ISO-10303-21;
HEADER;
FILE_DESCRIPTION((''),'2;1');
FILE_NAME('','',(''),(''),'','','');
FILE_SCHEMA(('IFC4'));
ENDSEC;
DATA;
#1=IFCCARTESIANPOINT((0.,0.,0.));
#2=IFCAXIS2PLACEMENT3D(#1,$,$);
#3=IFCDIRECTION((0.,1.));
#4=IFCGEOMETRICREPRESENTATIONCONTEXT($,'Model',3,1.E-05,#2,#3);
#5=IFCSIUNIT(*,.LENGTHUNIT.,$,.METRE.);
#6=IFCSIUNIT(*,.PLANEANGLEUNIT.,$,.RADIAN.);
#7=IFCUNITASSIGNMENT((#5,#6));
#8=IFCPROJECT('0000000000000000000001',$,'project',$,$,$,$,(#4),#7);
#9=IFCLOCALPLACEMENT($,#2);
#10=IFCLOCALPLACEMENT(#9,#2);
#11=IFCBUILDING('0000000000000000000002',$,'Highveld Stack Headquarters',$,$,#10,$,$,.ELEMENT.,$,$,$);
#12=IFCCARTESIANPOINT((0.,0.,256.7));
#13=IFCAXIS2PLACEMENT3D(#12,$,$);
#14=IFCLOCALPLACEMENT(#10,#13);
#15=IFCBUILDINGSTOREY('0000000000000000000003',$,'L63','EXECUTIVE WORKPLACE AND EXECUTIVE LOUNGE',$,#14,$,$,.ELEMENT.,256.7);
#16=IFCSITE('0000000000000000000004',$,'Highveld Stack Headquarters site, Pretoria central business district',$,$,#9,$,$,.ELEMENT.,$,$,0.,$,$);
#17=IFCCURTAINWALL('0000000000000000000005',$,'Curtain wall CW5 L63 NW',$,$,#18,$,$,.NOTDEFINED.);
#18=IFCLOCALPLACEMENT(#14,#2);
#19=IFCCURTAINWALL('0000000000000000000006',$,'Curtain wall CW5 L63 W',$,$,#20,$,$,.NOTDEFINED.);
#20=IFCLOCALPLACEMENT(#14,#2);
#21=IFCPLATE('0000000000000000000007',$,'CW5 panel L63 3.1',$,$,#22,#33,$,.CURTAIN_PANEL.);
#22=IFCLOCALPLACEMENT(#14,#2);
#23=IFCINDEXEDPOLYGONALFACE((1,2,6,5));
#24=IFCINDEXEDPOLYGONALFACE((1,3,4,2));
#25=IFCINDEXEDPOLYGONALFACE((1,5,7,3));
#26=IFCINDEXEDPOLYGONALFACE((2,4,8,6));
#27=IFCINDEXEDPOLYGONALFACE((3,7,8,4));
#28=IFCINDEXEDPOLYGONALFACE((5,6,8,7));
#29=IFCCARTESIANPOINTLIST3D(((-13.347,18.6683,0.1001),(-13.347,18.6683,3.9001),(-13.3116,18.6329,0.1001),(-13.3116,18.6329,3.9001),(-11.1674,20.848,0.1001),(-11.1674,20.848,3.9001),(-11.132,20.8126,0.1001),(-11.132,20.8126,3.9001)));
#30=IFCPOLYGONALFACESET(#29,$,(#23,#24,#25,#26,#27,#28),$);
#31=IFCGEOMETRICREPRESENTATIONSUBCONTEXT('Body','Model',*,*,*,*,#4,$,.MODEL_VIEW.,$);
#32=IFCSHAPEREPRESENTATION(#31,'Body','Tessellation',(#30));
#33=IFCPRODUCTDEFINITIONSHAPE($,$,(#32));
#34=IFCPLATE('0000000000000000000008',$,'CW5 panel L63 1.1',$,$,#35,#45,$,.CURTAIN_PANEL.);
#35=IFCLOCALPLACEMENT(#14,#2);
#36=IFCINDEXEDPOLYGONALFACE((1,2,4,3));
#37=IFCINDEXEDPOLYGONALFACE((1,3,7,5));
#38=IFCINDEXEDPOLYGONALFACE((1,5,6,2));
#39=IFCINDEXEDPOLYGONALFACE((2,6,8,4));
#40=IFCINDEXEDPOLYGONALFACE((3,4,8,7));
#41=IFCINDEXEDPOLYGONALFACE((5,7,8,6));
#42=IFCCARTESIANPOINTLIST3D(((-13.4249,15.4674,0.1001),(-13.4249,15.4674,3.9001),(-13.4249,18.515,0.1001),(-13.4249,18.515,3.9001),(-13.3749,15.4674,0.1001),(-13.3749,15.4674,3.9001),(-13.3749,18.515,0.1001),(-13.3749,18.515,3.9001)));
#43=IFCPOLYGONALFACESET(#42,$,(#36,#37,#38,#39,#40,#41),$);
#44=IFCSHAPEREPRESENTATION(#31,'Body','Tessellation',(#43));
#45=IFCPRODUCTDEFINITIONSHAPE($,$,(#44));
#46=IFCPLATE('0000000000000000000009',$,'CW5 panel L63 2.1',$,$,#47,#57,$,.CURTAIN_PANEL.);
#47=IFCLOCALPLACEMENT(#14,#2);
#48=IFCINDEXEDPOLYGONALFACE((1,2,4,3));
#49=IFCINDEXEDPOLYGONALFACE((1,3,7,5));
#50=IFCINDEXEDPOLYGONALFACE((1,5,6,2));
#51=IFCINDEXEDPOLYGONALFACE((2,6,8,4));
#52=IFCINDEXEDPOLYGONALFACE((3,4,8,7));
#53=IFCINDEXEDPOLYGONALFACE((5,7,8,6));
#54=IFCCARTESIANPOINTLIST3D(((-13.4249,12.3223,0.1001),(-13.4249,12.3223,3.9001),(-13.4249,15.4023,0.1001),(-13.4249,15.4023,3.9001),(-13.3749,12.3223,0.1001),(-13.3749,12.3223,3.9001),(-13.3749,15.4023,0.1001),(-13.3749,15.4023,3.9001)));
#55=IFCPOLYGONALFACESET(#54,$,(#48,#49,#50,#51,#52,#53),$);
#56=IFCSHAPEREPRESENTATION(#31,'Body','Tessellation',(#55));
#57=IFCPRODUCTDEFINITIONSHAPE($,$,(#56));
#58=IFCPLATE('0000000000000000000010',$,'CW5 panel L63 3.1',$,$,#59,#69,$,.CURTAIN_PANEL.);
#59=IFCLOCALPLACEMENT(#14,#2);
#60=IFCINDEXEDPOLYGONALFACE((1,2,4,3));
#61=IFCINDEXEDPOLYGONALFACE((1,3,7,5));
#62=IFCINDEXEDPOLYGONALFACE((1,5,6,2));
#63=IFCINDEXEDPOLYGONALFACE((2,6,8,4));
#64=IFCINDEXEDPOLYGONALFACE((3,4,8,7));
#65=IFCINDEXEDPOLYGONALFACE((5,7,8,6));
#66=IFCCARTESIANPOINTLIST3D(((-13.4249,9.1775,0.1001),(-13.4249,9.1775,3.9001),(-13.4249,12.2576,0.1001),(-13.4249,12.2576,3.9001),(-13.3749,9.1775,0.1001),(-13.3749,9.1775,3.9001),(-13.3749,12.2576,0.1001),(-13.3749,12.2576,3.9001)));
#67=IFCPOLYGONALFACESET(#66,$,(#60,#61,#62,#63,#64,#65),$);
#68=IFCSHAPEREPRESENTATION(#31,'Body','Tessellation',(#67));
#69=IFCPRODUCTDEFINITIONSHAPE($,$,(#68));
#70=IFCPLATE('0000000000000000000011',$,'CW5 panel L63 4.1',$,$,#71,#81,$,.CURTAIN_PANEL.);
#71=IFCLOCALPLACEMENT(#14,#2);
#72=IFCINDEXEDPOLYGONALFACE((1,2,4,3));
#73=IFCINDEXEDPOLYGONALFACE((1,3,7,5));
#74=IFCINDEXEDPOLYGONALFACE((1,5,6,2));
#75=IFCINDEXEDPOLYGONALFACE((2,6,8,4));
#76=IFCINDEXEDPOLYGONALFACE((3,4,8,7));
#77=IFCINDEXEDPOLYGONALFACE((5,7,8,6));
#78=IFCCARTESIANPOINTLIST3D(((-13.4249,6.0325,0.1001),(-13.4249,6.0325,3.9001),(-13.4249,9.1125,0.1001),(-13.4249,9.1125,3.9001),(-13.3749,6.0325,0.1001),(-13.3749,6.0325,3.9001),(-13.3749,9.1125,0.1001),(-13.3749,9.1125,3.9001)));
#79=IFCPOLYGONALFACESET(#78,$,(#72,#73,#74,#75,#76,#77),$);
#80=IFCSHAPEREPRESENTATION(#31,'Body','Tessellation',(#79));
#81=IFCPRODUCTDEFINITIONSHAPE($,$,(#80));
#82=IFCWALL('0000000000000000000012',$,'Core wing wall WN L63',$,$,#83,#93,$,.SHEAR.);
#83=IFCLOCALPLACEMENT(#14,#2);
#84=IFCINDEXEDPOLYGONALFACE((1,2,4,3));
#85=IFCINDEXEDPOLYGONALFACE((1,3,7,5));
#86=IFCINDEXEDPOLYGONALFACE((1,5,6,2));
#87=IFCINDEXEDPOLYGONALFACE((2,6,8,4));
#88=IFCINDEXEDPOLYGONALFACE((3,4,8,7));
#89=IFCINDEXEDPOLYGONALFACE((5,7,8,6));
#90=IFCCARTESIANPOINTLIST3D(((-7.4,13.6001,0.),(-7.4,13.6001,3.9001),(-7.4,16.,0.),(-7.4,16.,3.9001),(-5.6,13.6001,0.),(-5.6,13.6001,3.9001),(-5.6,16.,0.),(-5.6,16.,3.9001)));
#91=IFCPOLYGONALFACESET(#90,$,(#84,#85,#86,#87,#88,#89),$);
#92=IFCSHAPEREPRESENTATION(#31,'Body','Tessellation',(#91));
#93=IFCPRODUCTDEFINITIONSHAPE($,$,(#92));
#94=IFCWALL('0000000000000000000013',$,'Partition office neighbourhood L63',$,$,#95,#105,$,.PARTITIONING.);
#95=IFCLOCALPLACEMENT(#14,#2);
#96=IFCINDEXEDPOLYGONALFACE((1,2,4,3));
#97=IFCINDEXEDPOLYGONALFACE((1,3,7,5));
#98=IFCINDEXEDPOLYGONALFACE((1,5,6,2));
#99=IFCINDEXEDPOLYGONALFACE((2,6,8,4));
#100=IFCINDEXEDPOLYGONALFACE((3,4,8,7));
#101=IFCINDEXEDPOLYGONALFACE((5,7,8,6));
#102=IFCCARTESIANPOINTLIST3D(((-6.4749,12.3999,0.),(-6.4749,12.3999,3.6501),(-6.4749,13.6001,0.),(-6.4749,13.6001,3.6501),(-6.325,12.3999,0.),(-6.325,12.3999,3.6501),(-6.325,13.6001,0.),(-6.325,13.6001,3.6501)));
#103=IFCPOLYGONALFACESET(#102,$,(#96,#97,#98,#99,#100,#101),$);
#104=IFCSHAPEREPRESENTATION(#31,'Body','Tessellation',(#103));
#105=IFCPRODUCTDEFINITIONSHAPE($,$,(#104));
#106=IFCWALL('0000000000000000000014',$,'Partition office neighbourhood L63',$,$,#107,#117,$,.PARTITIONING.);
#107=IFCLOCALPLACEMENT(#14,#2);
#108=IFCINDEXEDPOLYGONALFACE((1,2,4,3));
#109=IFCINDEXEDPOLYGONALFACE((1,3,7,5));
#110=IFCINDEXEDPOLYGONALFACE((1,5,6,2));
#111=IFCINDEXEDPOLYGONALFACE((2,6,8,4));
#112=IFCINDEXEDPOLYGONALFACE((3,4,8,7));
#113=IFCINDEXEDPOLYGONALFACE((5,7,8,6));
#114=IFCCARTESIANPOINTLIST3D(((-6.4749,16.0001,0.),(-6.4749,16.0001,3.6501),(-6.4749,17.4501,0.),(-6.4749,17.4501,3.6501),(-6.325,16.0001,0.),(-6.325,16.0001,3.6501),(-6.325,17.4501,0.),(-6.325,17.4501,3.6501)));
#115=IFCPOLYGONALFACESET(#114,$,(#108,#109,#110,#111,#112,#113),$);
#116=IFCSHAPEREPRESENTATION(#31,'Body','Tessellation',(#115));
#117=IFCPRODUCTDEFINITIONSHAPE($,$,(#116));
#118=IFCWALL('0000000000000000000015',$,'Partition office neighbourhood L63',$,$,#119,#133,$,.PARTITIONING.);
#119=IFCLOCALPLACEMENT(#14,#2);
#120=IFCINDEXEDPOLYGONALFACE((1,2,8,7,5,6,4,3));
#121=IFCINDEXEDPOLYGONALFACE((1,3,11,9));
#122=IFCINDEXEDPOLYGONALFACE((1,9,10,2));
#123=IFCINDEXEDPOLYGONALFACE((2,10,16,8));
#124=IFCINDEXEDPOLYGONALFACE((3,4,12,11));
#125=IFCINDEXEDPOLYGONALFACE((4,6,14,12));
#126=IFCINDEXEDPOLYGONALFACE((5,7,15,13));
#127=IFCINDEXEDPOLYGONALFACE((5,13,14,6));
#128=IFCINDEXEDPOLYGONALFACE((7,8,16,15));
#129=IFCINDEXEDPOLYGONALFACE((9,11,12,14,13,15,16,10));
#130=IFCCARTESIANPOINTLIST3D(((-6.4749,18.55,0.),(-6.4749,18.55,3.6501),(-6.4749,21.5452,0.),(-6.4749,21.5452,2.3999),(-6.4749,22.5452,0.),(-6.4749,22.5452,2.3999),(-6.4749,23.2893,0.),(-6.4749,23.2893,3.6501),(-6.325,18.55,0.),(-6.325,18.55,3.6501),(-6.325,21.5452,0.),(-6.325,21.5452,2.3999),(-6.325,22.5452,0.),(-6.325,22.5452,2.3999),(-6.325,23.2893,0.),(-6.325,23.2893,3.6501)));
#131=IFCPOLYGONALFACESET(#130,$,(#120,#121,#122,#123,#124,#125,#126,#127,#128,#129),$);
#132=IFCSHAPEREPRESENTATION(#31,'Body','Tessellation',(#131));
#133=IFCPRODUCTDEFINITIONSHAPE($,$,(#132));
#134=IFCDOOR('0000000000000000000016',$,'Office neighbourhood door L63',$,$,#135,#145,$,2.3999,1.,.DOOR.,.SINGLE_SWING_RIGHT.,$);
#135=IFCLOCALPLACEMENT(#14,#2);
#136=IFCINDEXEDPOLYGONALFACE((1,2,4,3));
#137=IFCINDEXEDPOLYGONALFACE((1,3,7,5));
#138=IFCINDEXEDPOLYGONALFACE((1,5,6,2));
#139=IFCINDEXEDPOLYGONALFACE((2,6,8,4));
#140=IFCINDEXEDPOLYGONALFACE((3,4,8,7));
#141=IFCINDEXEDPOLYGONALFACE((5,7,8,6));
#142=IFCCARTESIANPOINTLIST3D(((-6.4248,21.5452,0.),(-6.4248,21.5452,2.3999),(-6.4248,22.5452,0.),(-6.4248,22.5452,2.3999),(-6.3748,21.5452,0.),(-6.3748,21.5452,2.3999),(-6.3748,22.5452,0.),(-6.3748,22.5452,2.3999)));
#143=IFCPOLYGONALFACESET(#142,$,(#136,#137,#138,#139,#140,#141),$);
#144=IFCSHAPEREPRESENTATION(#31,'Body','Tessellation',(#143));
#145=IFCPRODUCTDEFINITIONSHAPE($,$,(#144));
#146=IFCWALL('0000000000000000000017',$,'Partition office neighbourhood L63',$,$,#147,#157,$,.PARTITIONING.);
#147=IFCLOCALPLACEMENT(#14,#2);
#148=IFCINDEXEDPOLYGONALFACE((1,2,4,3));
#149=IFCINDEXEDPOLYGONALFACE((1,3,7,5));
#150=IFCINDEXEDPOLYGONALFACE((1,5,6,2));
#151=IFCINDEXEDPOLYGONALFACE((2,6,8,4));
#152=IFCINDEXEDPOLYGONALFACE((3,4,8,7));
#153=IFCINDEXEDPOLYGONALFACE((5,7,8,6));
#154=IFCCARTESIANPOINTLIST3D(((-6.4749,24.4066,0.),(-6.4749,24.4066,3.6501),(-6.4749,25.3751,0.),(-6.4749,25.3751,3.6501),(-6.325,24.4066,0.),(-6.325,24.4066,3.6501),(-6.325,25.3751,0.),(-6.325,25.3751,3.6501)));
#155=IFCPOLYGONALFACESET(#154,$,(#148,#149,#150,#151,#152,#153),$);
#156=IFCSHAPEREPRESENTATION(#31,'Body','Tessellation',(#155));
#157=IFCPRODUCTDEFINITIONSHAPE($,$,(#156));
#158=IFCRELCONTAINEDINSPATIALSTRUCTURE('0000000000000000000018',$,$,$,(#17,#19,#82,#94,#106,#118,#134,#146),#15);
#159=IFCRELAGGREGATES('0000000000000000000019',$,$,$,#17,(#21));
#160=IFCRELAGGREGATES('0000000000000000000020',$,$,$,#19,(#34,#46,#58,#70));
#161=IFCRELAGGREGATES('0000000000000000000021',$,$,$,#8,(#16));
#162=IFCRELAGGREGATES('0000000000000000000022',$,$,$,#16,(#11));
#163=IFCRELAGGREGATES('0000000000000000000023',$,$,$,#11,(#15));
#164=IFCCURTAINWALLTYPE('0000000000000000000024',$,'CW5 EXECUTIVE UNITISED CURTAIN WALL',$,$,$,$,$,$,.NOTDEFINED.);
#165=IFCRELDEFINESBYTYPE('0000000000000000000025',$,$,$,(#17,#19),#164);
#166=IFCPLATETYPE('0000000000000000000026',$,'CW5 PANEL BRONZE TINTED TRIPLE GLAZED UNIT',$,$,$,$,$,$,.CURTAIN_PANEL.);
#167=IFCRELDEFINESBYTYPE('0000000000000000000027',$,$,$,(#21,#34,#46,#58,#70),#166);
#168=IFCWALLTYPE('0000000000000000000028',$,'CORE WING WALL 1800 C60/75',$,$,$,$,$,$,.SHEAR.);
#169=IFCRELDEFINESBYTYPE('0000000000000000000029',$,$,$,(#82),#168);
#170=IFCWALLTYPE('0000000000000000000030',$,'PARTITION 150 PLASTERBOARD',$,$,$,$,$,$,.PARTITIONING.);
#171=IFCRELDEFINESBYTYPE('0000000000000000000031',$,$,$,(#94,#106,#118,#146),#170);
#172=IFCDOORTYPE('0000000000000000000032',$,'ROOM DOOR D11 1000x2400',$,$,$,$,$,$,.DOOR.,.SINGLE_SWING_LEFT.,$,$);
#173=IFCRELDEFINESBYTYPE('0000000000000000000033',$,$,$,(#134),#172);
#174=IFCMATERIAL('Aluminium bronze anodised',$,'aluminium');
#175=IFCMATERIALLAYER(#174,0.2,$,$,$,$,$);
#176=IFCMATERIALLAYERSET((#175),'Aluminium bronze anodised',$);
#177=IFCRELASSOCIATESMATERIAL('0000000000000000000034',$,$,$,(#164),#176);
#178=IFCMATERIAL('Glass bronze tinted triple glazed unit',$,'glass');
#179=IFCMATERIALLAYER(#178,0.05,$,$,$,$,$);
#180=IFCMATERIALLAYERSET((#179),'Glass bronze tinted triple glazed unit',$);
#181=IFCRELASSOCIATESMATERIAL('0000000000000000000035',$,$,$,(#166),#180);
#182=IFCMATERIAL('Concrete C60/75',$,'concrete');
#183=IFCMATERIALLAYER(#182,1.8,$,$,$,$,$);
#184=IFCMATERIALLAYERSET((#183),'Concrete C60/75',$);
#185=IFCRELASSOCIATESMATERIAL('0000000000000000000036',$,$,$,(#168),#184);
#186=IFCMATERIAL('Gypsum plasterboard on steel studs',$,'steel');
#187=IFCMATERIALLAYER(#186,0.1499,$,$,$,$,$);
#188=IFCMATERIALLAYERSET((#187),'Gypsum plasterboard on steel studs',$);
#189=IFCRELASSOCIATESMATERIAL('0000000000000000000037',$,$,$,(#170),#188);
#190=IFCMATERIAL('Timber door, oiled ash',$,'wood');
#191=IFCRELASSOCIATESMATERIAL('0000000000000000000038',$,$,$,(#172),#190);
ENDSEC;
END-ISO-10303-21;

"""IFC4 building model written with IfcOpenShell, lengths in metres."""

from ifc_helpers import new_model, si_unit, direction, frame, frame_2d, origin, origin_2d, place, context, subcontext, project, spatial, rectangle, extrude, material, layer, layer_set, type_object, element, fill, aggregate, save


model = new_model("IFC4")

# Units and contexts
model_context = context("Model", 3, precision=1e-05, world=origin(), true_north=direction((0.0, 1.0)))
body_context = subcontext(model_context, "Body", "Model", "MODEL_VIEW")
ifc_project = project(units=[si_unit("LENGTHUNIT", "METRE"), si_unit("PLANEANGLEUNIT", "RADIAN")], contexts=[model_context])

# Site, building, storey
site_placement = place(None, origin())
site = spatial("IfcSite", under=ifc_project, at=site_placement, Name="Highveld Stack Headquarters site, Pretoria central business district", CompositionType="ELEMENT", RefElevation=0.0)
building_placement = place(site_placement, origin())
building = spatial("IfcBuilding", under=site, at=building_placement, Name="Highveld Stack Headquarters", CompositionType="ELEMENT")
storey_placement = place(building_placement, frame((0.0, 0.0, 256.7)))
storey = spatial("IfcBuildingStorey", under=building, at=storey_placement, Name="L63", Description="EXECUTIVE WORKPLACE AND EXECUTIVE LOUNGE", CompositionType="ELEMENT", Elevation=256.7)

# Shared definitions
ifc_material_1 = material(Name="Aluminium bronze anodised", Category="aluminium")
ifc_layer_1 = layer(ifc_material_1, 0.2)
ifc_layer_set_1 = layer_set([ifc_layer_1], Name="Aluminium bronze anodised")
curtain_wall_type = type_object("IfcCurtainWallType", Name="CW5 EXECUTIVE UNITISED CURTAIN WALL", PredefinedType="NOTDEFINED", material=ifc_layer_set_1)

# Curtain walls
curtain_wall_1_placement = place(storey_placement, origin())
curtain_wall_1 = element("IfcCurtainWall", 1, at=curtain_wall_1_placement, inside=storey, type_object=curtain_wall_type, Name="Curtain wall CW5 L63 NW", PredefinedType="NOTDEFINED")
curtain_wall_2_placement = place(storey_placement, origin())
curtain_wall_2 = element("IfcCurtainWall", 2, at=curtain_wall_2_placement, inside=storey, type_object=curtain_wall_type, Name="Curtain wall CW5 L63 W", PredefinedType="NOTDEFINED")

# Plates
ifc_material_2 = material(Name="Glass bronze tinted triple glazed unit", Category="glass")
ifc_layer_2 = layer(ifc_material_2, 0.05)
ifc_layer_set_2 = layer_set([ifc_layer_2], Name="Glass bronze tinted triple glazed unit")
plate_type = type_object("IfcPlateType", Name="CW5 PANEL BRONZE TINTED TRIPLE GLAZED UNIT", PredefinedType="CURTAIN_PANEL", material=ifc_layer_set_2)
plate_1_placement = place(storey_placement, frame((-12.2395, 19.7405, 0.1001), z_axis=(0.0, 0.0, 1.0), x_axis=(-0.707107, -0.707107, 0.0)))
plate_1 = element("IfcPlate", 3, at=plate_1_placement, type_object=plate_type, Name="CW5 panel L63 3.1", PredefinedType="CURTAIN_PANEL", context=body_context, shape_type="SweptSolid", body=[
    extrude(rectangle(XDim=3.0825, YDim=0.05, at=origin_2d()), origin(), (0.0, 0.0, 1.0), 3.8),
])
aggregate(curtain_wall_1, [plate_1])
plate_2_placement = place(storey_placement, frame((-13.3999, 16.9912, 0.1001), z_axis=(0.0, 0.0, 1.0), x_axis=(0.0, -1.0, 0.0)))
plate_2 = element("IfcPlate", 4, at=plate_2_placement, type_object=plate_type, Name="CW5 panel L63 1.1", PredefinedType="CURTAIN_PANEL", context=body_context, shape_type="SweptSolid", body=[
    extrude(rectangle(XDim=3.0476, YDim=0.05, at=origin_2d()), origin(), (0.0, 0.0, 1.0), 3.8),
])
plate_3_placement = place(storey_placement, frame((-13.3999, 13.8623, 0.1001), z_axis=(0.0, 0.0, 1.0), x_axis=(0.0, -1.0, 0.0)))
plate_3 = element("IfcPlate", 5, at=plate_3_placement, type_object=plate_type, Name="CW5 panel L63 2.1", PredefinedType="CURTAIN_PANEL", context=body_context, shape_type="SweptSolid", body=[
    extrude(rectangle(XDim=3.0801, YDim=0.05, at=origin_2d()), origin(), (0.0, 0.0, 1.0), 3.8),
])
plate_4_placement = place(storey_placement, frame((-13.3999, 10.7175, 0.1001), z_axis=(0.0, 0.0, 1.0), x_axis=(0.0, -1.0, 0.0)))
plate_4 = element("IfcPlate", 6, at=plate_4_placement, type_object=plate_type, Name="CW5 panel L63 3.1", PredefinedType="CURTAIN_PANEL", context=body_context, shape_type="SweptSolid", body=[
    extrude(rectangle(XDim=3.0801, YDim=0.05, at=origin_2d()), origin(), (0.0, 0.0, 1.0), 3.8),
])
plate_5_placement = place(storey_placement, frame((-13.3999, 7.5725, 0.1001), z_axis=(0.0, 0.0, 1.0), x_axis=(0.0, -1.0, 0.0)))
plate_5 = element("IfcPlate", 7, at=plate_5_placement, type_object=plate_type, Name="CW5 panel L63 4.1", PredefinedType="CURTAIN_PANEL", context=body_context, shape_type="SweptSolid", body=[
    extrude(rectangle(XDim=3.0801, YDim=0.05, at=origin_2d()), origin(), (0.0, 0.0, 1.0), 3.8),
])
aggregate(curtain_wall_2, [plate_2, plate_3, plate_4, plate_5])

# Walls
ifc_material_3 = material(Name="Concrete C60/75", Category="concrete")
ifc_layer_3 = layer(ifc_material_3, 1.8)
ifc_layer_set_3 = layer_set([ifc_layer_3], Name="Concrete C60/75")
wall_type_1 = type_object("IfcWallType", Name="CORE WING WALL 1800 C60/75", PredefinedType="SHEAR", material=ifc_layer_set_3)
wall_1_placement = place(storey_placement, frame((-6.5, 13.6001, 0.0), z_axis=(0.0, 0.0, 1.0), x_axis=(0.0, 1.0, 0.0)))
element("IfcWall", 8, at=wall_1_placement, inside=storey, type_object=wall_type_1, Name="Core wing wall WN L63", PredefinedType="SHEAR", context=body_context, shape_type="SweptSolid", body=[
    extrude(rectangle(XDim=2.3999, YDim=1.8, at=frame_2d((1.2, 0.0))), origin(), (0.0, 0.0, 1.0), 3.9001),
])
ifc_material_4 = material(Name="Gypsum plasterboard on steel studs", Category="steel")
ifc_layer_4 = layer(ifc_material_4, 0.1499)
ifc_layer_set_4 = layer_set([ifc_layer_4], Name="Gypsum plasterboard on steel studs")
wall_type_2 = type_object("IfcWallType", Name="PARTITION 150 PLASTERBOARD", PredefinedType="PARTITIONING", material=ifc_layer_set_4)
wall_2_placement = place(storey_placement, frame((-6.3999, 12.3999, 0.0), z_axis=(0.0, 0.0, 1.0), x_axis=(0.0, 1.0, 0.0)))
element("IfcWall", 9, at=wall_2_placement, inside=storey, type_object=wall_type_2, Name="Partition office neighbourhood L63", PredefinedType="PARTITIONING", context=body_context, shape_type="SweptSolid", body=[
    extrude(rectangle(XDim=1.2002, YDim=0.1499, at=frame_2d((0.6001, 0.0))), origin(), (0.0, 0.0, 1.0), 3.6501),
])
wall_3_placement = place(storey_placement, frame((-6.3999, 16.0, 0.0), z_axis=(0.0, 0.0, 1.0), x_axis=(0.0, 1.0, 0.0)))
element("IfcWall", 10, at=wall_3_placement, inside=storey, type_object=wall_type_2, Name="Partition office neighbourhood L63", PredefinedType="PARTITIONING", context=body_context, shape_type="SweptSolid", body=[
    extrude(rectangle(XDim=1.45, YDim=0.1499, at=frame_2d((0.7251, 0.0))), origin(), (0.0, 0.0, 1.0), 3.6501),
])

# Wall, opening, door
wall_4_placement = place(storey_placement, frame((-6.3999, 18.55, 0.0), z_axis=(0.0, 0.0, 1.0), x_axis=(0.0, 1.0, 0.0)))
wall_4 = element("IfcWall", 11, at=wall_4_placement, inside=storey, type_object=wall_type_2, Name="Partition office neighbourhood L63", PredefinedType="PARTITIONING", context=body_context, shape_type="SweptSolid", body=[
    extrude(rectangle(XDim=4.7393, YDim=0.1499, at=frame_2d((2.3696, 0.0))), origin(), (0.0, 0.0, 1.0), 3.6501),
])
opening_placement = place(wall_4_placement, frame((2.9951, 0.0, 0.0)))
opening = element("IfcOpeningElement", 12, at=opening_placement, cuts=wall_4, PredefinedType="OPENING", context=body_context, shape_type="SweptSolid", body=[
    extrude(rectangle(XDim=1.0, YDim=2.3999, at=frame_2d((0.5, 1.2))), frame((0.0, 0.085, 0.0), z_axis=(0.0, -1.0, 0.0), x_axis=(1.0, 0.0, 0.0)), (0.0, 0.0, 1.0), 0.1699),
])
ifc_material_5 = material(Name="Timber door, oiled ash", Category="wood")
door_type = type_object("IfcDoorType", Name="ROOM DOOR D11 1000x2400", OperationType="SINGLE_SWING_LEFT", PredefinedType="DOOR", material=ifc_material_5)
door_placement = place(opening_placement, origin())
door = element("IfcDoor", 13, at=door_placement, inside=storey, type_object=door_type, Name="Office neighbourhood door L63", OperationType="SINGLE_SWING_RIGHT", OverallHeight=2.3999, OverallWidth=1.0, PredefinedType="DOOR", context=body_context, shape_type="SweptSolid", body=[
    extrude(rectangle(XDim=1.0, YDim=2.3999, at=frame_2d((0.5, 1.2))), frame((0.0, 0.0249, 0.0), z_axis=(0.0, -1.0, 0.0), x_axis=(1.0, 0.0, 0.0)), (0.0, 0.0, 1.0), 0.05),
])
fill(opening, door)

# Wall
wall_5_placement = place(storey_placement, frame((-6.3999, 24.4065, 0.0), z_axis=(0.0, 0.0, 1.0), x_axis=(0.0, 1.0, 0.0)))
element("IfcWall", 14, at=wall_5_placement, inside=storey, type_object=wall_type_2, Name="Partition office neighbourhood L63", PredefinedType="PARTITIONING", context=body_context, shape_type="SweptSolid", body=[
    extrude(rectangle(XDim=0.9685, YDim=0.1499, at=frame_2d((0.4844, 0.0))), origin(), (0.0, 0.0, 1.0), 3.6501),
])

save(model, "model.ifc")
